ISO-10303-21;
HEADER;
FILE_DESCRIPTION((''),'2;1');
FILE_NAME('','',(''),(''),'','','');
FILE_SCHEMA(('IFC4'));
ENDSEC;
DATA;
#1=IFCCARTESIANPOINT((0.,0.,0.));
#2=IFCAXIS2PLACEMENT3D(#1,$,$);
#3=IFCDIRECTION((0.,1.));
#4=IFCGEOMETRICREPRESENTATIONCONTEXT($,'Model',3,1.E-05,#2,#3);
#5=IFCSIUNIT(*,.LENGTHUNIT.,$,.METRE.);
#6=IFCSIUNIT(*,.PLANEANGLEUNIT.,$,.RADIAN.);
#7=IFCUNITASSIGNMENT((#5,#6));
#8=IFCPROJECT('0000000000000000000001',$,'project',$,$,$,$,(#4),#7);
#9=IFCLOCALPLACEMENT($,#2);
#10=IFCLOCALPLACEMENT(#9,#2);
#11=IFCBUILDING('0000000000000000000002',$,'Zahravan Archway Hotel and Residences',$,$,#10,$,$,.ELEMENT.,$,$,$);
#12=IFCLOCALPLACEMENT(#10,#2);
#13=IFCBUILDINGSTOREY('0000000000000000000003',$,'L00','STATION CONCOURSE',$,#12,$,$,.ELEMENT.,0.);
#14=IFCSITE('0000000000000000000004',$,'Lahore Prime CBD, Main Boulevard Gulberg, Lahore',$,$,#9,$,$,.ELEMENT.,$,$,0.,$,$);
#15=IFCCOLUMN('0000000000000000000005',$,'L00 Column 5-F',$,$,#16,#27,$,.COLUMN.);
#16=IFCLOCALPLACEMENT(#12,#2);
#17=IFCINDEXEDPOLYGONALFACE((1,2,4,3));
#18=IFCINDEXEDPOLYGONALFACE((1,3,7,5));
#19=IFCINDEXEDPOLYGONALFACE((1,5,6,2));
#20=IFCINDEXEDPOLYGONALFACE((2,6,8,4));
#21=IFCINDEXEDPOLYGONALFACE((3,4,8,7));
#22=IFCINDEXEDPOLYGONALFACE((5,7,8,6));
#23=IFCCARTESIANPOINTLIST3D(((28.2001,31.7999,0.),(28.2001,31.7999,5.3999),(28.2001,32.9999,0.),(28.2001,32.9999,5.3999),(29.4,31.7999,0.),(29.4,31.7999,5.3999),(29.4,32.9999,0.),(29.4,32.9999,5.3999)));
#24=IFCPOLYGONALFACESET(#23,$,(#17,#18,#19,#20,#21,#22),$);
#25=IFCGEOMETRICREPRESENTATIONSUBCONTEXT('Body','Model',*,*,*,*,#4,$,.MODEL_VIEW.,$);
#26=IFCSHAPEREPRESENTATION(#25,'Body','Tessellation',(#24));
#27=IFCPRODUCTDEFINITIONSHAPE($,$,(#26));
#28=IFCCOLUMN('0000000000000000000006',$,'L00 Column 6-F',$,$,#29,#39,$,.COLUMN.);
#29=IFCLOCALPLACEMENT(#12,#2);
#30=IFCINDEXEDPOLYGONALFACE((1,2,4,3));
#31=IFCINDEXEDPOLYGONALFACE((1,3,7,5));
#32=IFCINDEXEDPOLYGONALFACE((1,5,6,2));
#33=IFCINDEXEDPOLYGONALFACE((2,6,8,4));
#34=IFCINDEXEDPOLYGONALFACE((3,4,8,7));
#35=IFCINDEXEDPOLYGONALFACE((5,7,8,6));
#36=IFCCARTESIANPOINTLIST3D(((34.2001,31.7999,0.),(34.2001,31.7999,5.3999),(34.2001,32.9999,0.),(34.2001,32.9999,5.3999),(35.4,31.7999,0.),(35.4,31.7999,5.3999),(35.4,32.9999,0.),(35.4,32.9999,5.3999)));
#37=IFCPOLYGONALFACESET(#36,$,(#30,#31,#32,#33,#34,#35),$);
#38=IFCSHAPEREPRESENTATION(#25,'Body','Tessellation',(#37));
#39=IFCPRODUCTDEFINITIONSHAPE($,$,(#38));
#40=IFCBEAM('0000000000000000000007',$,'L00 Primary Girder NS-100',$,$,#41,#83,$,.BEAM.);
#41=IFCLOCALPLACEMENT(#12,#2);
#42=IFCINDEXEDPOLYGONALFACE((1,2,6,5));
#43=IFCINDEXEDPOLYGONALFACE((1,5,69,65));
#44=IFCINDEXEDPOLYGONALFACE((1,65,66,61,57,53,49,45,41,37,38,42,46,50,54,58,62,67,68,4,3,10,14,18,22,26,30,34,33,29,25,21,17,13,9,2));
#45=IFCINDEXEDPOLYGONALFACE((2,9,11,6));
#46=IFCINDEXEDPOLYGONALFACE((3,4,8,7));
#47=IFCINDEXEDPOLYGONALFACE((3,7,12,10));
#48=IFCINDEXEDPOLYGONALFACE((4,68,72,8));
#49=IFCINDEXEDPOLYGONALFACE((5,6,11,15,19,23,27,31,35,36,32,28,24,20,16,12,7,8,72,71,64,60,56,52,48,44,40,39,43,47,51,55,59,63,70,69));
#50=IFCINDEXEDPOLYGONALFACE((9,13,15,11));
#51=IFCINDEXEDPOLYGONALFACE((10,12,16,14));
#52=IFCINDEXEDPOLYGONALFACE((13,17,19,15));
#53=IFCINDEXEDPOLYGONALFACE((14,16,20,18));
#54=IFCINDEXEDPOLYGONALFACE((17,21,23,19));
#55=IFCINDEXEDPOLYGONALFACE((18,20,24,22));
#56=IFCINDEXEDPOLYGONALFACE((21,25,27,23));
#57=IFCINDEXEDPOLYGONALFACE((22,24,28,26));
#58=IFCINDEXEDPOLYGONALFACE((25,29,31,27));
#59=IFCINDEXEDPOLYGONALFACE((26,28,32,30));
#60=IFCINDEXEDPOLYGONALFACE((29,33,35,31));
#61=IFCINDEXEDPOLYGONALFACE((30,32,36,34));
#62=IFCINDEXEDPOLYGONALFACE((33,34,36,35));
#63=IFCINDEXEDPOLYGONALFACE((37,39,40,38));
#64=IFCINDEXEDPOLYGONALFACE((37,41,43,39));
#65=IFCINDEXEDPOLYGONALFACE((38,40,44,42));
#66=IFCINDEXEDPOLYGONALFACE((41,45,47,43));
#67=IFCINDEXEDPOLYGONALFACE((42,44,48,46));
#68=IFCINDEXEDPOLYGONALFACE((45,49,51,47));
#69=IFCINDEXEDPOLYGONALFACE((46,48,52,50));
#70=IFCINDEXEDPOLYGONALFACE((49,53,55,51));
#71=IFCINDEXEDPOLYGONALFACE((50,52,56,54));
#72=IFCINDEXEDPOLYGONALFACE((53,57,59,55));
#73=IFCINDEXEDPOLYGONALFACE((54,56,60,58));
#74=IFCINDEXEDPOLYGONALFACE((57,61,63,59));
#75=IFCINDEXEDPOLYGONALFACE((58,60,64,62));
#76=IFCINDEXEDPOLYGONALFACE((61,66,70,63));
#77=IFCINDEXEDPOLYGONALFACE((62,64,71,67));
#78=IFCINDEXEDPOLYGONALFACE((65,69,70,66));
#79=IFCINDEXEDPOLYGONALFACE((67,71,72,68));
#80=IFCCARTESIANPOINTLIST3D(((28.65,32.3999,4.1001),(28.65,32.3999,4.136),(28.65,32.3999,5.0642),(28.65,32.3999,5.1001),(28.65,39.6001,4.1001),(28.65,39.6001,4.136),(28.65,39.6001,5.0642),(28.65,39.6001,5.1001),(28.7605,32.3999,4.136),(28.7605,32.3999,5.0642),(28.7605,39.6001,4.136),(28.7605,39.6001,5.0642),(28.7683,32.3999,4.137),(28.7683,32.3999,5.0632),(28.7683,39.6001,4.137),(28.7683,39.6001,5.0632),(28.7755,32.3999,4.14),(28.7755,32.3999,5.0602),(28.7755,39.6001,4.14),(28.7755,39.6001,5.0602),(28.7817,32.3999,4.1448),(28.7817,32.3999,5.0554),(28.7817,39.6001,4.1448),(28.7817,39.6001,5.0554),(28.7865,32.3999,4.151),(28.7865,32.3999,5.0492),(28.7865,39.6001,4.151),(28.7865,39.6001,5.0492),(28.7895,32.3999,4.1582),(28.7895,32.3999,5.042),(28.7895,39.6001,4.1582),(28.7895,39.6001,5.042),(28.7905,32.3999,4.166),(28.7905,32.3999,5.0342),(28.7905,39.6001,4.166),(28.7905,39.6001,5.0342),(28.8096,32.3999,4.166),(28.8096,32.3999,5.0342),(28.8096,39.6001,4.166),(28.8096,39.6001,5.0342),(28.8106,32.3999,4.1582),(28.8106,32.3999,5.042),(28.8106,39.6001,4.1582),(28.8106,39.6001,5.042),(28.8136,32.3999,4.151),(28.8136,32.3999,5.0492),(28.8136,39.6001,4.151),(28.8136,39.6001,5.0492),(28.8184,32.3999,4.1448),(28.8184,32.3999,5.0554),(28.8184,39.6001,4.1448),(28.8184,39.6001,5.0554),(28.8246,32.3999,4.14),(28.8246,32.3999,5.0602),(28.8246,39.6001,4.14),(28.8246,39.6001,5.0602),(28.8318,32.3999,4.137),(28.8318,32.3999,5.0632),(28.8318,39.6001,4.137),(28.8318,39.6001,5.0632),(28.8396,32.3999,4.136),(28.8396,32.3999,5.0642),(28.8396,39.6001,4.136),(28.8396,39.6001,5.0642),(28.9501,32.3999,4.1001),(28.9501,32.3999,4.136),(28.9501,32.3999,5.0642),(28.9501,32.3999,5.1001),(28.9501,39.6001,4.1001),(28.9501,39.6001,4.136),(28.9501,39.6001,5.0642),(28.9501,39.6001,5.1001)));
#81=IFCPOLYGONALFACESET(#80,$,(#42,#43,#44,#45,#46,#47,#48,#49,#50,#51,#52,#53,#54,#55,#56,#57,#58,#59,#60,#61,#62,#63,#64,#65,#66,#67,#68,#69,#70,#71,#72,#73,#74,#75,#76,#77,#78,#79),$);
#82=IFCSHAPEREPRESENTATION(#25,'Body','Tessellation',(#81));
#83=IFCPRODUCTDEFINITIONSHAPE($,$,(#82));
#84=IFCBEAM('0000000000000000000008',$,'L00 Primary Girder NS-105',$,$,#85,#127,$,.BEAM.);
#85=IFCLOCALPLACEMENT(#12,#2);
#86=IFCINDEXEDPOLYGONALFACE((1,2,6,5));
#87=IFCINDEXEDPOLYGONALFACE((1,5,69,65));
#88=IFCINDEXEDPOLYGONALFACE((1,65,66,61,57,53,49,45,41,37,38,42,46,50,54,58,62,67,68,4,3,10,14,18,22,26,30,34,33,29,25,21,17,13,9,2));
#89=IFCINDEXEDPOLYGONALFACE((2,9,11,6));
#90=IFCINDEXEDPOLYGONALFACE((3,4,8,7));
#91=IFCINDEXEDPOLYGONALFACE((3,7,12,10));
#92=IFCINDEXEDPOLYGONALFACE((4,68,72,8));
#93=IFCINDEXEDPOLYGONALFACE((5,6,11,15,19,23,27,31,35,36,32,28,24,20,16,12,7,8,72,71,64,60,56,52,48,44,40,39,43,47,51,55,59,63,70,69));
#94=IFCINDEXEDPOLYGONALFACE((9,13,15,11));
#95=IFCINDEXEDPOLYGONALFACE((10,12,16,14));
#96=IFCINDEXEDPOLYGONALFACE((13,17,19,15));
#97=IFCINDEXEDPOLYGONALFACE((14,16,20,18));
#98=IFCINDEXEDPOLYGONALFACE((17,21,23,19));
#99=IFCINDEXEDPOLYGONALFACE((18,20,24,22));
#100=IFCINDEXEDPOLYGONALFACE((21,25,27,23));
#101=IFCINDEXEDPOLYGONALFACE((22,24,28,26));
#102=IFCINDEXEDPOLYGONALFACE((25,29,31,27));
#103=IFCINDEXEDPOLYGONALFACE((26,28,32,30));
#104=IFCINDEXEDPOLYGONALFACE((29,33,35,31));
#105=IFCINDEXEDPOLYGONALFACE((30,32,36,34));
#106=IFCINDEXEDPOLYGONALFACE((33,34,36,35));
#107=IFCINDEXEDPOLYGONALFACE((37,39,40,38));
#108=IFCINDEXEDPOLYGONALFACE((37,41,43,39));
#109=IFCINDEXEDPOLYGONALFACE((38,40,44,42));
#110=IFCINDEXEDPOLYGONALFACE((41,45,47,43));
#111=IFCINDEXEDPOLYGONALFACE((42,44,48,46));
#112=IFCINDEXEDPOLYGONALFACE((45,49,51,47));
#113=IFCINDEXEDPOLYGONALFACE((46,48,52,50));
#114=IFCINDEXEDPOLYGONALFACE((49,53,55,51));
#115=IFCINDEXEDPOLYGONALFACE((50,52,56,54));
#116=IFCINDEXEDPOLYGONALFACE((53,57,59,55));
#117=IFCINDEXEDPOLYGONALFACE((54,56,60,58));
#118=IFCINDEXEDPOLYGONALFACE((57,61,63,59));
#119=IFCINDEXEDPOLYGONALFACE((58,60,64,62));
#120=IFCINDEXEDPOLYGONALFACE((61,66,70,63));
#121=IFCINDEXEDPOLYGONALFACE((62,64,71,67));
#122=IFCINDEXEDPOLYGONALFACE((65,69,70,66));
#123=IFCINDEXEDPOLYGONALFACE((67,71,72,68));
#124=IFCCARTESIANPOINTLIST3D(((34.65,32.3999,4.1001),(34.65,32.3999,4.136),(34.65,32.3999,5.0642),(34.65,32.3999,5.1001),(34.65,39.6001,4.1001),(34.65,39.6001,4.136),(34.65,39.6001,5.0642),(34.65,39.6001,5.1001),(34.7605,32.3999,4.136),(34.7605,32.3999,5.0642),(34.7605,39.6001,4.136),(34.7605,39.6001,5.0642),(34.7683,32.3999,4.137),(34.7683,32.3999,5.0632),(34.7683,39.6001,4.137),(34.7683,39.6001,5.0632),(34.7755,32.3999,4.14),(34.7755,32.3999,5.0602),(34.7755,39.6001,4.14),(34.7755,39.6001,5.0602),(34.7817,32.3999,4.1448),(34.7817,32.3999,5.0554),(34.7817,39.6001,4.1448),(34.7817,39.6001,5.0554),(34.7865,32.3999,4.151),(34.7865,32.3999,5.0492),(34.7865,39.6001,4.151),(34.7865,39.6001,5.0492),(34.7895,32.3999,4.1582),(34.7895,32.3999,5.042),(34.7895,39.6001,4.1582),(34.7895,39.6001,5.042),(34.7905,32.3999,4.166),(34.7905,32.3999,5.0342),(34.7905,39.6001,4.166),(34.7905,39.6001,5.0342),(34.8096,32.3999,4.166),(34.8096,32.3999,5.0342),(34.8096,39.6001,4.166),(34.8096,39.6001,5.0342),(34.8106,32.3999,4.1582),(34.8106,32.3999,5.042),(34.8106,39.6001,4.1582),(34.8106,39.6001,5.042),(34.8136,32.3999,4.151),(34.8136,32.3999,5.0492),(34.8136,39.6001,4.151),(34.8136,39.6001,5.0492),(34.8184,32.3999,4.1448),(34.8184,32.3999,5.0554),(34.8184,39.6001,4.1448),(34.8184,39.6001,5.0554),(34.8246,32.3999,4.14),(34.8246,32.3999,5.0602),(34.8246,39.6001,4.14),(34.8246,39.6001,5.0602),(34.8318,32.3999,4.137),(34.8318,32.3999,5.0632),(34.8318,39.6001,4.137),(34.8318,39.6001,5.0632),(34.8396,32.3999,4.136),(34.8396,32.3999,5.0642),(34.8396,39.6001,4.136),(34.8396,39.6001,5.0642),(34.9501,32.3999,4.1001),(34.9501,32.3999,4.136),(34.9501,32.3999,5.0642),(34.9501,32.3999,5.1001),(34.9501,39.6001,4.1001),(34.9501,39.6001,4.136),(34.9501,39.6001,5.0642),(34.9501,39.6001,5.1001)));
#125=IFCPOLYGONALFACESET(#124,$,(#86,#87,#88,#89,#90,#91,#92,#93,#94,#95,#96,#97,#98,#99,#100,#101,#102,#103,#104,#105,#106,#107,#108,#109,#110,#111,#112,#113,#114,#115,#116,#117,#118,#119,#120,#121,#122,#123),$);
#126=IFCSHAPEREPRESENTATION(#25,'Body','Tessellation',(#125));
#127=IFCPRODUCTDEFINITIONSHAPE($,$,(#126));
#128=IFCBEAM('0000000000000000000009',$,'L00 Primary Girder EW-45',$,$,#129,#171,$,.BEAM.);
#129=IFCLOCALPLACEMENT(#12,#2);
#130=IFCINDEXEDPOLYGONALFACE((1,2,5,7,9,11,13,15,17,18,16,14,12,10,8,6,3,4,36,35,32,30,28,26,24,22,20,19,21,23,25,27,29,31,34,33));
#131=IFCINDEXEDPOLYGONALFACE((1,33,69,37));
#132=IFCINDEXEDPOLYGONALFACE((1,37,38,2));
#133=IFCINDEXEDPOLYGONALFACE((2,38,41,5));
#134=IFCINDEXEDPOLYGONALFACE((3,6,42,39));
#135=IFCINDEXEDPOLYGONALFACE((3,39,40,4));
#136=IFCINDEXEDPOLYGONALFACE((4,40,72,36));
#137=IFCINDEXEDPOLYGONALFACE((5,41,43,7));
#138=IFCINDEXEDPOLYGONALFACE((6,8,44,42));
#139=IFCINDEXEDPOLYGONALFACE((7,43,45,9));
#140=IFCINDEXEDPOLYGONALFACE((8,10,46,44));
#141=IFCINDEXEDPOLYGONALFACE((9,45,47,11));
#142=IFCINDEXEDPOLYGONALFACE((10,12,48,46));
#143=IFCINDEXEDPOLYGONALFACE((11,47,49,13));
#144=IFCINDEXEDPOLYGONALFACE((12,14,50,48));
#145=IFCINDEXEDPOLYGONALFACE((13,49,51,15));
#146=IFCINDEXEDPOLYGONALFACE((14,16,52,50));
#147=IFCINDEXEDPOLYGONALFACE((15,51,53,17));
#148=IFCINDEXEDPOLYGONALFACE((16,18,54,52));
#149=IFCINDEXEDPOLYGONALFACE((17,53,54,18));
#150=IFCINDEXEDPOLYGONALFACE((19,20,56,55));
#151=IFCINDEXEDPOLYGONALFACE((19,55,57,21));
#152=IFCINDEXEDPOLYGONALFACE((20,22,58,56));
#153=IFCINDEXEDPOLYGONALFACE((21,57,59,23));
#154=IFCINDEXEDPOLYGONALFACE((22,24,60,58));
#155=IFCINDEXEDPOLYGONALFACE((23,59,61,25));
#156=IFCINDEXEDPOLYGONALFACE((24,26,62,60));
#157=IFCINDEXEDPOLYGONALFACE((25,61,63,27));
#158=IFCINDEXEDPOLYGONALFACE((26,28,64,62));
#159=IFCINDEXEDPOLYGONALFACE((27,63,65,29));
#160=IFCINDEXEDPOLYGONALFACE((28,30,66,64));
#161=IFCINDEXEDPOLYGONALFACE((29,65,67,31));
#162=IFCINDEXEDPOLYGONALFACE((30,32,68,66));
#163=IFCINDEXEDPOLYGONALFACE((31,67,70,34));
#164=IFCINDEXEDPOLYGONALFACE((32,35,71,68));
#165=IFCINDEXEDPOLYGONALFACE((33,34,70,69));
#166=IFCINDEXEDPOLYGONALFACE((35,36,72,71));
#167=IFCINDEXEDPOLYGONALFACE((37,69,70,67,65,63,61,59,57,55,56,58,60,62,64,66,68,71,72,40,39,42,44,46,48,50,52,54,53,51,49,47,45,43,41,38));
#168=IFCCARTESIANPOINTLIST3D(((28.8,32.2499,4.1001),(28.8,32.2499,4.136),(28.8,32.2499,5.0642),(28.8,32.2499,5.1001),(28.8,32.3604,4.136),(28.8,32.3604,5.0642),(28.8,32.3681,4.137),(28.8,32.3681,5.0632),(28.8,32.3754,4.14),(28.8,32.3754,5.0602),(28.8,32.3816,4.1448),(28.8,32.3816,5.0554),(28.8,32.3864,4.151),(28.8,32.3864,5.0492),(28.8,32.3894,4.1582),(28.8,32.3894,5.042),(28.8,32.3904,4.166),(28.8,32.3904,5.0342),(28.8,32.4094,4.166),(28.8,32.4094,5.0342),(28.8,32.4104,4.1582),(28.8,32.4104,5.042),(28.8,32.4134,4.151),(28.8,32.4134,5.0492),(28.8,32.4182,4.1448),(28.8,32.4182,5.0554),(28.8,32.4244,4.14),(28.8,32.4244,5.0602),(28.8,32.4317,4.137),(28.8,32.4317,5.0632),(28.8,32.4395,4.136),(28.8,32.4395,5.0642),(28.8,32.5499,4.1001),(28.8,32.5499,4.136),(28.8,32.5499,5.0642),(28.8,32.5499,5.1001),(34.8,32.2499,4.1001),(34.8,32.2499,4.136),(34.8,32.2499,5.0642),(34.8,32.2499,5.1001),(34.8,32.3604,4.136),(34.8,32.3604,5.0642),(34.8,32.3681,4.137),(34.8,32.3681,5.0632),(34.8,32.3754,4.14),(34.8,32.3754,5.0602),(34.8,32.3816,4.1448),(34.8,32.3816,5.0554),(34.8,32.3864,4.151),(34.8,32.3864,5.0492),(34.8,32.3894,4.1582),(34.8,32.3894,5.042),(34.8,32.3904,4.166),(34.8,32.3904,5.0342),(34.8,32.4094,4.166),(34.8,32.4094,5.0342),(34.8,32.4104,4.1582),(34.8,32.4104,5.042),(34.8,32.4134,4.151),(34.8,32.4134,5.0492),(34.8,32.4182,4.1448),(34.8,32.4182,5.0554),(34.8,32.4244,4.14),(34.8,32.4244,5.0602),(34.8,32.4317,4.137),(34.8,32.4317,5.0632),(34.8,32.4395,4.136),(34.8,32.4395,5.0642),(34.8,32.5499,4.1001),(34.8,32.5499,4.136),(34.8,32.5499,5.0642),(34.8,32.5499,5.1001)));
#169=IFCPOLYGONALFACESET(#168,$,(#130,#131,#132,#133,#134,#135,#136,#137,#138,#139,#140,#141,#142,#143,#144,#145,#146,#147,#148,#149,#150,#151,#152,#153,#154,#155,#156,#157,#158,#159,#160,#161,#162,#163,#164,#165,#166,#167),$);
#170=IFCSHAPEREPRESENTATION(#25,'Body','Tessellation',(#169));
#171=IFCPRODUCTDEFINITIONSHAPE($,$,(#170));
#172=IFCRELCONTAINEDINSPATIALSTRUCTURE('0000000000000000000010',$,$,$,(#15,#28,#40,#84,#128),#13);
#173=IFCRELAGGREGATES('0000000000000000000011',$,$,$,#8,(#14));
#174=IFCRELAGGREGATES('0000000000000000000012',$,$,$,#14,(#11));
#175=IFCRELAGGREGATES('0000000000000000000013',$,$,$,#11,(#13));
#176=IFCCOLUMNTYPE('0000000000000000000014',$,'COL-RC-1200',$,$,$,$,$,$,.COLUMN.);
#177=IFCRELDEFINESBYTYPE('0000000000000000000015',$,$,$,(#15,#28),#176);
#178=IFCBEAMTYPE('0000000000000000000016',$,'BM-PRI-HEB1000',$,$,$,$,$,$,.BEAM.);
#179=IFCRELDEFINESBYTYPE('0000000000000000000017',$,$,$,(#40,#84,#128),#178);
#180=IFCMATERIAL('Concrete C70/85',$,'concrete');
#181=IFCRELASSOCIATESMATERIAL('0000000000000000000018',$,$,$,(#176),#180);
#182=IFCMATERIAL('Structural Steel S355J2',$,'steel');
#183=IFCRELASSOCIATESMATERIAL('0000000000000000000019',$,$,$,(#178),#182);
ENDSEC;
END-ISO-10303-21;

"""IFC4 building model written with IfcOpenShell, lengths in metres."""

from ifc_helpers import new_model, si_unit, direction, frame, origin, origin_2d, place, context, subcontext, project, spatial, rectangle, i_section, extrude, source, transform, mapped, material, material_profile, profile_set, type_object, element, save


model = new_model("IFC4")

# Units and contexts
model_context = context("Model", 3, precision=1e-05, world=origin(), true_north=direction((0.0, 1.0)))
body_context = subcontext(model_context, "Body", "Model", "MODEL_VIEW")
ifc_project = project(units=[si_unit("LENGTHUNIT", "METRE"), si_unit("PLANEANGLEUNIT", "RADIAN")], contexts=[model_context])

# Site, building, storey
site_placement = place(None, origin())
site = spatial("IfcSite", under=ifc_project, at=site_placement, Name="Lahore Prime CBD, Main Boulevard Gulberg, Lahore", CompositionType="ELEMENT", RefElevation=0.0)
building_placement = place(site_placement, origin())
building = spatial("IfcBuilding", under=site, at=building_placement, Name="Zahravan Archway Hotel and Residences", CompositionType="ELEMENT")
storey_placement = place(building_placement, origin())
storey = spatial("IfcBuildingStorey", under=building, at=storey_placement, Name="L00", Description="STATION CONCOURSE", CompositionType="ELEMENT", Elevation=0.0)

# Columns
ifc_material_1 = material(Name="Concrete C70/85", Category="concrete")
ifc_material_profile_1 = material_profile(ifc_material_1, rectangle(XDim=1.2, YDim=1.2, at=origin_2d()), Name="RC-COL-1200x1200", Category="concrete")
ifc_profile_set_1 = profile_set([ifc_material_profile_1], Name="Concrete C70/85")
column_type = type_object("IfcColumnType", Name="COL-RC-1200", PredefinedType="COLUMN", material=ifc_profile_set_1)
shared_shape_1 = source(origin(), body_context, "Body", "SweptSolid", [
    extrude(rectangle(XDim=1.2, YDim=1.2, at=origin_2d()), origin(), (0.0, 0.0, 1.0), 5.3999),
])
for number, where, z_axis, x_axis, name in (
    (1, (28.8, 32.3999, 0.0), (0.0, 0.0, 1.0), (1.0, 0.0, 0.0), "L00 Column 5-F"),
    (2, (34.8, 32.3999, 0.0), (0.0, 0.0, 1.0), (1.0, 0.0, 0.0), "L00 Column 6-F"),
):
    element("IfcColumn", number, at=place(storey_placement, frame(where, z_axis=z_axis, x_axis=x_axis)), inside=storey, type_object=column_type, Name=name, PredefinedType="COLUMN", context=body_context, shape_type="MappedRepresentation", body=[
        mapped(shared_shape_1, transform((0.0, 0.0, 0.0), scale=1.0)),
    ])

# Beams
ifc_material_2 = material(Name="Structural Steel S355J2", Category="steel")
ifc_material_profile_2 = material_profile(ifc_material_2, i_section(OverallWidth=0.3, OverallDepth=1.0, WebThickness=0.019, FlangeThickness=0.0359, FilletRadius=0.03, at=origin_2d()), Name="HEB 1000", Category="steel")
ifc_profile_set_2 = profile_set([ifc_material_profile_2], Name="Structural Steel S355J2")
beam_type_1 = type_object("IfcBeamType", Name="BM-PRI-HEB1000", PredefinedType="BEAM", material=ifc_profile_set_2)
shared_shape_2 = source(origin(), body_context, "Body", "SweptSolid", [
    extrude(i_section(OverallWidth=0.3, OverallDepth=1.0, WebThickness=0.019, FlangeThickness=0.0359, FilletRadius=0.03, at=origin_2d()), origin(), (0.0, 0.0, 1.0), 7.2002),
])
for number, where, z_axis, x_axis, name in (
    (3, (28.8, 32.3999, 4.6001), (0.0, 1.0, 0.0), (-1.0, 0.0, 0.0), "L00 Primary Girder NS-100"),
    (4, (34.8, 32.3999, 4.6001), (0.0, 1.0, 0.0), (-1.0, 0.0, 0.0), "L00 Primary Girder NS-105"),
):
    element("IfcBeam", number, at=place(storey_placement, frame(where, z_axis=z_axis, x_axis=x_axis)), inside=storey, type_object=beam_type_1, Name=name, PredefinedType="BEAM", context=body_context, shape_type="MappedRepresentation", body=[
        mapped(shared_shape_2, transform((0.0, 0.0, 0.0), scale=1.0)),
    ])
shared_shape_3 = source(origin(), body_context, "Body", "SweptSolid", [
    extrude(i_section(OverallWidth=0.3, OverallDepth=1.0, WebThickness=0.019, FlangeThickness=0.0359, FilletRadius=0.03, at=origin_2d()), origin(), (0.0, 0.0, 1.0), 6.0),
])
beam_1_placement = place(storey_placement, frame((28.8, 32.3999, 4.6001), z_axis=(1.0, 0.0, 0.0), x_axis=(0.0, 1.0, 0.0)))
element("IfcBeam", 5, at=beam_1_placement, inside=storey, type_object=beam_type_1, Name="L00 Primary Girder EW-45", PredefinedType="BEAM", context=body_context, shape_type="MappedRepresentation", body=[
    mapped(shared_shape_3, transform((0.0, 0.0, 0.0), scale=1.0)),
])

save(model, "model.ifc")
